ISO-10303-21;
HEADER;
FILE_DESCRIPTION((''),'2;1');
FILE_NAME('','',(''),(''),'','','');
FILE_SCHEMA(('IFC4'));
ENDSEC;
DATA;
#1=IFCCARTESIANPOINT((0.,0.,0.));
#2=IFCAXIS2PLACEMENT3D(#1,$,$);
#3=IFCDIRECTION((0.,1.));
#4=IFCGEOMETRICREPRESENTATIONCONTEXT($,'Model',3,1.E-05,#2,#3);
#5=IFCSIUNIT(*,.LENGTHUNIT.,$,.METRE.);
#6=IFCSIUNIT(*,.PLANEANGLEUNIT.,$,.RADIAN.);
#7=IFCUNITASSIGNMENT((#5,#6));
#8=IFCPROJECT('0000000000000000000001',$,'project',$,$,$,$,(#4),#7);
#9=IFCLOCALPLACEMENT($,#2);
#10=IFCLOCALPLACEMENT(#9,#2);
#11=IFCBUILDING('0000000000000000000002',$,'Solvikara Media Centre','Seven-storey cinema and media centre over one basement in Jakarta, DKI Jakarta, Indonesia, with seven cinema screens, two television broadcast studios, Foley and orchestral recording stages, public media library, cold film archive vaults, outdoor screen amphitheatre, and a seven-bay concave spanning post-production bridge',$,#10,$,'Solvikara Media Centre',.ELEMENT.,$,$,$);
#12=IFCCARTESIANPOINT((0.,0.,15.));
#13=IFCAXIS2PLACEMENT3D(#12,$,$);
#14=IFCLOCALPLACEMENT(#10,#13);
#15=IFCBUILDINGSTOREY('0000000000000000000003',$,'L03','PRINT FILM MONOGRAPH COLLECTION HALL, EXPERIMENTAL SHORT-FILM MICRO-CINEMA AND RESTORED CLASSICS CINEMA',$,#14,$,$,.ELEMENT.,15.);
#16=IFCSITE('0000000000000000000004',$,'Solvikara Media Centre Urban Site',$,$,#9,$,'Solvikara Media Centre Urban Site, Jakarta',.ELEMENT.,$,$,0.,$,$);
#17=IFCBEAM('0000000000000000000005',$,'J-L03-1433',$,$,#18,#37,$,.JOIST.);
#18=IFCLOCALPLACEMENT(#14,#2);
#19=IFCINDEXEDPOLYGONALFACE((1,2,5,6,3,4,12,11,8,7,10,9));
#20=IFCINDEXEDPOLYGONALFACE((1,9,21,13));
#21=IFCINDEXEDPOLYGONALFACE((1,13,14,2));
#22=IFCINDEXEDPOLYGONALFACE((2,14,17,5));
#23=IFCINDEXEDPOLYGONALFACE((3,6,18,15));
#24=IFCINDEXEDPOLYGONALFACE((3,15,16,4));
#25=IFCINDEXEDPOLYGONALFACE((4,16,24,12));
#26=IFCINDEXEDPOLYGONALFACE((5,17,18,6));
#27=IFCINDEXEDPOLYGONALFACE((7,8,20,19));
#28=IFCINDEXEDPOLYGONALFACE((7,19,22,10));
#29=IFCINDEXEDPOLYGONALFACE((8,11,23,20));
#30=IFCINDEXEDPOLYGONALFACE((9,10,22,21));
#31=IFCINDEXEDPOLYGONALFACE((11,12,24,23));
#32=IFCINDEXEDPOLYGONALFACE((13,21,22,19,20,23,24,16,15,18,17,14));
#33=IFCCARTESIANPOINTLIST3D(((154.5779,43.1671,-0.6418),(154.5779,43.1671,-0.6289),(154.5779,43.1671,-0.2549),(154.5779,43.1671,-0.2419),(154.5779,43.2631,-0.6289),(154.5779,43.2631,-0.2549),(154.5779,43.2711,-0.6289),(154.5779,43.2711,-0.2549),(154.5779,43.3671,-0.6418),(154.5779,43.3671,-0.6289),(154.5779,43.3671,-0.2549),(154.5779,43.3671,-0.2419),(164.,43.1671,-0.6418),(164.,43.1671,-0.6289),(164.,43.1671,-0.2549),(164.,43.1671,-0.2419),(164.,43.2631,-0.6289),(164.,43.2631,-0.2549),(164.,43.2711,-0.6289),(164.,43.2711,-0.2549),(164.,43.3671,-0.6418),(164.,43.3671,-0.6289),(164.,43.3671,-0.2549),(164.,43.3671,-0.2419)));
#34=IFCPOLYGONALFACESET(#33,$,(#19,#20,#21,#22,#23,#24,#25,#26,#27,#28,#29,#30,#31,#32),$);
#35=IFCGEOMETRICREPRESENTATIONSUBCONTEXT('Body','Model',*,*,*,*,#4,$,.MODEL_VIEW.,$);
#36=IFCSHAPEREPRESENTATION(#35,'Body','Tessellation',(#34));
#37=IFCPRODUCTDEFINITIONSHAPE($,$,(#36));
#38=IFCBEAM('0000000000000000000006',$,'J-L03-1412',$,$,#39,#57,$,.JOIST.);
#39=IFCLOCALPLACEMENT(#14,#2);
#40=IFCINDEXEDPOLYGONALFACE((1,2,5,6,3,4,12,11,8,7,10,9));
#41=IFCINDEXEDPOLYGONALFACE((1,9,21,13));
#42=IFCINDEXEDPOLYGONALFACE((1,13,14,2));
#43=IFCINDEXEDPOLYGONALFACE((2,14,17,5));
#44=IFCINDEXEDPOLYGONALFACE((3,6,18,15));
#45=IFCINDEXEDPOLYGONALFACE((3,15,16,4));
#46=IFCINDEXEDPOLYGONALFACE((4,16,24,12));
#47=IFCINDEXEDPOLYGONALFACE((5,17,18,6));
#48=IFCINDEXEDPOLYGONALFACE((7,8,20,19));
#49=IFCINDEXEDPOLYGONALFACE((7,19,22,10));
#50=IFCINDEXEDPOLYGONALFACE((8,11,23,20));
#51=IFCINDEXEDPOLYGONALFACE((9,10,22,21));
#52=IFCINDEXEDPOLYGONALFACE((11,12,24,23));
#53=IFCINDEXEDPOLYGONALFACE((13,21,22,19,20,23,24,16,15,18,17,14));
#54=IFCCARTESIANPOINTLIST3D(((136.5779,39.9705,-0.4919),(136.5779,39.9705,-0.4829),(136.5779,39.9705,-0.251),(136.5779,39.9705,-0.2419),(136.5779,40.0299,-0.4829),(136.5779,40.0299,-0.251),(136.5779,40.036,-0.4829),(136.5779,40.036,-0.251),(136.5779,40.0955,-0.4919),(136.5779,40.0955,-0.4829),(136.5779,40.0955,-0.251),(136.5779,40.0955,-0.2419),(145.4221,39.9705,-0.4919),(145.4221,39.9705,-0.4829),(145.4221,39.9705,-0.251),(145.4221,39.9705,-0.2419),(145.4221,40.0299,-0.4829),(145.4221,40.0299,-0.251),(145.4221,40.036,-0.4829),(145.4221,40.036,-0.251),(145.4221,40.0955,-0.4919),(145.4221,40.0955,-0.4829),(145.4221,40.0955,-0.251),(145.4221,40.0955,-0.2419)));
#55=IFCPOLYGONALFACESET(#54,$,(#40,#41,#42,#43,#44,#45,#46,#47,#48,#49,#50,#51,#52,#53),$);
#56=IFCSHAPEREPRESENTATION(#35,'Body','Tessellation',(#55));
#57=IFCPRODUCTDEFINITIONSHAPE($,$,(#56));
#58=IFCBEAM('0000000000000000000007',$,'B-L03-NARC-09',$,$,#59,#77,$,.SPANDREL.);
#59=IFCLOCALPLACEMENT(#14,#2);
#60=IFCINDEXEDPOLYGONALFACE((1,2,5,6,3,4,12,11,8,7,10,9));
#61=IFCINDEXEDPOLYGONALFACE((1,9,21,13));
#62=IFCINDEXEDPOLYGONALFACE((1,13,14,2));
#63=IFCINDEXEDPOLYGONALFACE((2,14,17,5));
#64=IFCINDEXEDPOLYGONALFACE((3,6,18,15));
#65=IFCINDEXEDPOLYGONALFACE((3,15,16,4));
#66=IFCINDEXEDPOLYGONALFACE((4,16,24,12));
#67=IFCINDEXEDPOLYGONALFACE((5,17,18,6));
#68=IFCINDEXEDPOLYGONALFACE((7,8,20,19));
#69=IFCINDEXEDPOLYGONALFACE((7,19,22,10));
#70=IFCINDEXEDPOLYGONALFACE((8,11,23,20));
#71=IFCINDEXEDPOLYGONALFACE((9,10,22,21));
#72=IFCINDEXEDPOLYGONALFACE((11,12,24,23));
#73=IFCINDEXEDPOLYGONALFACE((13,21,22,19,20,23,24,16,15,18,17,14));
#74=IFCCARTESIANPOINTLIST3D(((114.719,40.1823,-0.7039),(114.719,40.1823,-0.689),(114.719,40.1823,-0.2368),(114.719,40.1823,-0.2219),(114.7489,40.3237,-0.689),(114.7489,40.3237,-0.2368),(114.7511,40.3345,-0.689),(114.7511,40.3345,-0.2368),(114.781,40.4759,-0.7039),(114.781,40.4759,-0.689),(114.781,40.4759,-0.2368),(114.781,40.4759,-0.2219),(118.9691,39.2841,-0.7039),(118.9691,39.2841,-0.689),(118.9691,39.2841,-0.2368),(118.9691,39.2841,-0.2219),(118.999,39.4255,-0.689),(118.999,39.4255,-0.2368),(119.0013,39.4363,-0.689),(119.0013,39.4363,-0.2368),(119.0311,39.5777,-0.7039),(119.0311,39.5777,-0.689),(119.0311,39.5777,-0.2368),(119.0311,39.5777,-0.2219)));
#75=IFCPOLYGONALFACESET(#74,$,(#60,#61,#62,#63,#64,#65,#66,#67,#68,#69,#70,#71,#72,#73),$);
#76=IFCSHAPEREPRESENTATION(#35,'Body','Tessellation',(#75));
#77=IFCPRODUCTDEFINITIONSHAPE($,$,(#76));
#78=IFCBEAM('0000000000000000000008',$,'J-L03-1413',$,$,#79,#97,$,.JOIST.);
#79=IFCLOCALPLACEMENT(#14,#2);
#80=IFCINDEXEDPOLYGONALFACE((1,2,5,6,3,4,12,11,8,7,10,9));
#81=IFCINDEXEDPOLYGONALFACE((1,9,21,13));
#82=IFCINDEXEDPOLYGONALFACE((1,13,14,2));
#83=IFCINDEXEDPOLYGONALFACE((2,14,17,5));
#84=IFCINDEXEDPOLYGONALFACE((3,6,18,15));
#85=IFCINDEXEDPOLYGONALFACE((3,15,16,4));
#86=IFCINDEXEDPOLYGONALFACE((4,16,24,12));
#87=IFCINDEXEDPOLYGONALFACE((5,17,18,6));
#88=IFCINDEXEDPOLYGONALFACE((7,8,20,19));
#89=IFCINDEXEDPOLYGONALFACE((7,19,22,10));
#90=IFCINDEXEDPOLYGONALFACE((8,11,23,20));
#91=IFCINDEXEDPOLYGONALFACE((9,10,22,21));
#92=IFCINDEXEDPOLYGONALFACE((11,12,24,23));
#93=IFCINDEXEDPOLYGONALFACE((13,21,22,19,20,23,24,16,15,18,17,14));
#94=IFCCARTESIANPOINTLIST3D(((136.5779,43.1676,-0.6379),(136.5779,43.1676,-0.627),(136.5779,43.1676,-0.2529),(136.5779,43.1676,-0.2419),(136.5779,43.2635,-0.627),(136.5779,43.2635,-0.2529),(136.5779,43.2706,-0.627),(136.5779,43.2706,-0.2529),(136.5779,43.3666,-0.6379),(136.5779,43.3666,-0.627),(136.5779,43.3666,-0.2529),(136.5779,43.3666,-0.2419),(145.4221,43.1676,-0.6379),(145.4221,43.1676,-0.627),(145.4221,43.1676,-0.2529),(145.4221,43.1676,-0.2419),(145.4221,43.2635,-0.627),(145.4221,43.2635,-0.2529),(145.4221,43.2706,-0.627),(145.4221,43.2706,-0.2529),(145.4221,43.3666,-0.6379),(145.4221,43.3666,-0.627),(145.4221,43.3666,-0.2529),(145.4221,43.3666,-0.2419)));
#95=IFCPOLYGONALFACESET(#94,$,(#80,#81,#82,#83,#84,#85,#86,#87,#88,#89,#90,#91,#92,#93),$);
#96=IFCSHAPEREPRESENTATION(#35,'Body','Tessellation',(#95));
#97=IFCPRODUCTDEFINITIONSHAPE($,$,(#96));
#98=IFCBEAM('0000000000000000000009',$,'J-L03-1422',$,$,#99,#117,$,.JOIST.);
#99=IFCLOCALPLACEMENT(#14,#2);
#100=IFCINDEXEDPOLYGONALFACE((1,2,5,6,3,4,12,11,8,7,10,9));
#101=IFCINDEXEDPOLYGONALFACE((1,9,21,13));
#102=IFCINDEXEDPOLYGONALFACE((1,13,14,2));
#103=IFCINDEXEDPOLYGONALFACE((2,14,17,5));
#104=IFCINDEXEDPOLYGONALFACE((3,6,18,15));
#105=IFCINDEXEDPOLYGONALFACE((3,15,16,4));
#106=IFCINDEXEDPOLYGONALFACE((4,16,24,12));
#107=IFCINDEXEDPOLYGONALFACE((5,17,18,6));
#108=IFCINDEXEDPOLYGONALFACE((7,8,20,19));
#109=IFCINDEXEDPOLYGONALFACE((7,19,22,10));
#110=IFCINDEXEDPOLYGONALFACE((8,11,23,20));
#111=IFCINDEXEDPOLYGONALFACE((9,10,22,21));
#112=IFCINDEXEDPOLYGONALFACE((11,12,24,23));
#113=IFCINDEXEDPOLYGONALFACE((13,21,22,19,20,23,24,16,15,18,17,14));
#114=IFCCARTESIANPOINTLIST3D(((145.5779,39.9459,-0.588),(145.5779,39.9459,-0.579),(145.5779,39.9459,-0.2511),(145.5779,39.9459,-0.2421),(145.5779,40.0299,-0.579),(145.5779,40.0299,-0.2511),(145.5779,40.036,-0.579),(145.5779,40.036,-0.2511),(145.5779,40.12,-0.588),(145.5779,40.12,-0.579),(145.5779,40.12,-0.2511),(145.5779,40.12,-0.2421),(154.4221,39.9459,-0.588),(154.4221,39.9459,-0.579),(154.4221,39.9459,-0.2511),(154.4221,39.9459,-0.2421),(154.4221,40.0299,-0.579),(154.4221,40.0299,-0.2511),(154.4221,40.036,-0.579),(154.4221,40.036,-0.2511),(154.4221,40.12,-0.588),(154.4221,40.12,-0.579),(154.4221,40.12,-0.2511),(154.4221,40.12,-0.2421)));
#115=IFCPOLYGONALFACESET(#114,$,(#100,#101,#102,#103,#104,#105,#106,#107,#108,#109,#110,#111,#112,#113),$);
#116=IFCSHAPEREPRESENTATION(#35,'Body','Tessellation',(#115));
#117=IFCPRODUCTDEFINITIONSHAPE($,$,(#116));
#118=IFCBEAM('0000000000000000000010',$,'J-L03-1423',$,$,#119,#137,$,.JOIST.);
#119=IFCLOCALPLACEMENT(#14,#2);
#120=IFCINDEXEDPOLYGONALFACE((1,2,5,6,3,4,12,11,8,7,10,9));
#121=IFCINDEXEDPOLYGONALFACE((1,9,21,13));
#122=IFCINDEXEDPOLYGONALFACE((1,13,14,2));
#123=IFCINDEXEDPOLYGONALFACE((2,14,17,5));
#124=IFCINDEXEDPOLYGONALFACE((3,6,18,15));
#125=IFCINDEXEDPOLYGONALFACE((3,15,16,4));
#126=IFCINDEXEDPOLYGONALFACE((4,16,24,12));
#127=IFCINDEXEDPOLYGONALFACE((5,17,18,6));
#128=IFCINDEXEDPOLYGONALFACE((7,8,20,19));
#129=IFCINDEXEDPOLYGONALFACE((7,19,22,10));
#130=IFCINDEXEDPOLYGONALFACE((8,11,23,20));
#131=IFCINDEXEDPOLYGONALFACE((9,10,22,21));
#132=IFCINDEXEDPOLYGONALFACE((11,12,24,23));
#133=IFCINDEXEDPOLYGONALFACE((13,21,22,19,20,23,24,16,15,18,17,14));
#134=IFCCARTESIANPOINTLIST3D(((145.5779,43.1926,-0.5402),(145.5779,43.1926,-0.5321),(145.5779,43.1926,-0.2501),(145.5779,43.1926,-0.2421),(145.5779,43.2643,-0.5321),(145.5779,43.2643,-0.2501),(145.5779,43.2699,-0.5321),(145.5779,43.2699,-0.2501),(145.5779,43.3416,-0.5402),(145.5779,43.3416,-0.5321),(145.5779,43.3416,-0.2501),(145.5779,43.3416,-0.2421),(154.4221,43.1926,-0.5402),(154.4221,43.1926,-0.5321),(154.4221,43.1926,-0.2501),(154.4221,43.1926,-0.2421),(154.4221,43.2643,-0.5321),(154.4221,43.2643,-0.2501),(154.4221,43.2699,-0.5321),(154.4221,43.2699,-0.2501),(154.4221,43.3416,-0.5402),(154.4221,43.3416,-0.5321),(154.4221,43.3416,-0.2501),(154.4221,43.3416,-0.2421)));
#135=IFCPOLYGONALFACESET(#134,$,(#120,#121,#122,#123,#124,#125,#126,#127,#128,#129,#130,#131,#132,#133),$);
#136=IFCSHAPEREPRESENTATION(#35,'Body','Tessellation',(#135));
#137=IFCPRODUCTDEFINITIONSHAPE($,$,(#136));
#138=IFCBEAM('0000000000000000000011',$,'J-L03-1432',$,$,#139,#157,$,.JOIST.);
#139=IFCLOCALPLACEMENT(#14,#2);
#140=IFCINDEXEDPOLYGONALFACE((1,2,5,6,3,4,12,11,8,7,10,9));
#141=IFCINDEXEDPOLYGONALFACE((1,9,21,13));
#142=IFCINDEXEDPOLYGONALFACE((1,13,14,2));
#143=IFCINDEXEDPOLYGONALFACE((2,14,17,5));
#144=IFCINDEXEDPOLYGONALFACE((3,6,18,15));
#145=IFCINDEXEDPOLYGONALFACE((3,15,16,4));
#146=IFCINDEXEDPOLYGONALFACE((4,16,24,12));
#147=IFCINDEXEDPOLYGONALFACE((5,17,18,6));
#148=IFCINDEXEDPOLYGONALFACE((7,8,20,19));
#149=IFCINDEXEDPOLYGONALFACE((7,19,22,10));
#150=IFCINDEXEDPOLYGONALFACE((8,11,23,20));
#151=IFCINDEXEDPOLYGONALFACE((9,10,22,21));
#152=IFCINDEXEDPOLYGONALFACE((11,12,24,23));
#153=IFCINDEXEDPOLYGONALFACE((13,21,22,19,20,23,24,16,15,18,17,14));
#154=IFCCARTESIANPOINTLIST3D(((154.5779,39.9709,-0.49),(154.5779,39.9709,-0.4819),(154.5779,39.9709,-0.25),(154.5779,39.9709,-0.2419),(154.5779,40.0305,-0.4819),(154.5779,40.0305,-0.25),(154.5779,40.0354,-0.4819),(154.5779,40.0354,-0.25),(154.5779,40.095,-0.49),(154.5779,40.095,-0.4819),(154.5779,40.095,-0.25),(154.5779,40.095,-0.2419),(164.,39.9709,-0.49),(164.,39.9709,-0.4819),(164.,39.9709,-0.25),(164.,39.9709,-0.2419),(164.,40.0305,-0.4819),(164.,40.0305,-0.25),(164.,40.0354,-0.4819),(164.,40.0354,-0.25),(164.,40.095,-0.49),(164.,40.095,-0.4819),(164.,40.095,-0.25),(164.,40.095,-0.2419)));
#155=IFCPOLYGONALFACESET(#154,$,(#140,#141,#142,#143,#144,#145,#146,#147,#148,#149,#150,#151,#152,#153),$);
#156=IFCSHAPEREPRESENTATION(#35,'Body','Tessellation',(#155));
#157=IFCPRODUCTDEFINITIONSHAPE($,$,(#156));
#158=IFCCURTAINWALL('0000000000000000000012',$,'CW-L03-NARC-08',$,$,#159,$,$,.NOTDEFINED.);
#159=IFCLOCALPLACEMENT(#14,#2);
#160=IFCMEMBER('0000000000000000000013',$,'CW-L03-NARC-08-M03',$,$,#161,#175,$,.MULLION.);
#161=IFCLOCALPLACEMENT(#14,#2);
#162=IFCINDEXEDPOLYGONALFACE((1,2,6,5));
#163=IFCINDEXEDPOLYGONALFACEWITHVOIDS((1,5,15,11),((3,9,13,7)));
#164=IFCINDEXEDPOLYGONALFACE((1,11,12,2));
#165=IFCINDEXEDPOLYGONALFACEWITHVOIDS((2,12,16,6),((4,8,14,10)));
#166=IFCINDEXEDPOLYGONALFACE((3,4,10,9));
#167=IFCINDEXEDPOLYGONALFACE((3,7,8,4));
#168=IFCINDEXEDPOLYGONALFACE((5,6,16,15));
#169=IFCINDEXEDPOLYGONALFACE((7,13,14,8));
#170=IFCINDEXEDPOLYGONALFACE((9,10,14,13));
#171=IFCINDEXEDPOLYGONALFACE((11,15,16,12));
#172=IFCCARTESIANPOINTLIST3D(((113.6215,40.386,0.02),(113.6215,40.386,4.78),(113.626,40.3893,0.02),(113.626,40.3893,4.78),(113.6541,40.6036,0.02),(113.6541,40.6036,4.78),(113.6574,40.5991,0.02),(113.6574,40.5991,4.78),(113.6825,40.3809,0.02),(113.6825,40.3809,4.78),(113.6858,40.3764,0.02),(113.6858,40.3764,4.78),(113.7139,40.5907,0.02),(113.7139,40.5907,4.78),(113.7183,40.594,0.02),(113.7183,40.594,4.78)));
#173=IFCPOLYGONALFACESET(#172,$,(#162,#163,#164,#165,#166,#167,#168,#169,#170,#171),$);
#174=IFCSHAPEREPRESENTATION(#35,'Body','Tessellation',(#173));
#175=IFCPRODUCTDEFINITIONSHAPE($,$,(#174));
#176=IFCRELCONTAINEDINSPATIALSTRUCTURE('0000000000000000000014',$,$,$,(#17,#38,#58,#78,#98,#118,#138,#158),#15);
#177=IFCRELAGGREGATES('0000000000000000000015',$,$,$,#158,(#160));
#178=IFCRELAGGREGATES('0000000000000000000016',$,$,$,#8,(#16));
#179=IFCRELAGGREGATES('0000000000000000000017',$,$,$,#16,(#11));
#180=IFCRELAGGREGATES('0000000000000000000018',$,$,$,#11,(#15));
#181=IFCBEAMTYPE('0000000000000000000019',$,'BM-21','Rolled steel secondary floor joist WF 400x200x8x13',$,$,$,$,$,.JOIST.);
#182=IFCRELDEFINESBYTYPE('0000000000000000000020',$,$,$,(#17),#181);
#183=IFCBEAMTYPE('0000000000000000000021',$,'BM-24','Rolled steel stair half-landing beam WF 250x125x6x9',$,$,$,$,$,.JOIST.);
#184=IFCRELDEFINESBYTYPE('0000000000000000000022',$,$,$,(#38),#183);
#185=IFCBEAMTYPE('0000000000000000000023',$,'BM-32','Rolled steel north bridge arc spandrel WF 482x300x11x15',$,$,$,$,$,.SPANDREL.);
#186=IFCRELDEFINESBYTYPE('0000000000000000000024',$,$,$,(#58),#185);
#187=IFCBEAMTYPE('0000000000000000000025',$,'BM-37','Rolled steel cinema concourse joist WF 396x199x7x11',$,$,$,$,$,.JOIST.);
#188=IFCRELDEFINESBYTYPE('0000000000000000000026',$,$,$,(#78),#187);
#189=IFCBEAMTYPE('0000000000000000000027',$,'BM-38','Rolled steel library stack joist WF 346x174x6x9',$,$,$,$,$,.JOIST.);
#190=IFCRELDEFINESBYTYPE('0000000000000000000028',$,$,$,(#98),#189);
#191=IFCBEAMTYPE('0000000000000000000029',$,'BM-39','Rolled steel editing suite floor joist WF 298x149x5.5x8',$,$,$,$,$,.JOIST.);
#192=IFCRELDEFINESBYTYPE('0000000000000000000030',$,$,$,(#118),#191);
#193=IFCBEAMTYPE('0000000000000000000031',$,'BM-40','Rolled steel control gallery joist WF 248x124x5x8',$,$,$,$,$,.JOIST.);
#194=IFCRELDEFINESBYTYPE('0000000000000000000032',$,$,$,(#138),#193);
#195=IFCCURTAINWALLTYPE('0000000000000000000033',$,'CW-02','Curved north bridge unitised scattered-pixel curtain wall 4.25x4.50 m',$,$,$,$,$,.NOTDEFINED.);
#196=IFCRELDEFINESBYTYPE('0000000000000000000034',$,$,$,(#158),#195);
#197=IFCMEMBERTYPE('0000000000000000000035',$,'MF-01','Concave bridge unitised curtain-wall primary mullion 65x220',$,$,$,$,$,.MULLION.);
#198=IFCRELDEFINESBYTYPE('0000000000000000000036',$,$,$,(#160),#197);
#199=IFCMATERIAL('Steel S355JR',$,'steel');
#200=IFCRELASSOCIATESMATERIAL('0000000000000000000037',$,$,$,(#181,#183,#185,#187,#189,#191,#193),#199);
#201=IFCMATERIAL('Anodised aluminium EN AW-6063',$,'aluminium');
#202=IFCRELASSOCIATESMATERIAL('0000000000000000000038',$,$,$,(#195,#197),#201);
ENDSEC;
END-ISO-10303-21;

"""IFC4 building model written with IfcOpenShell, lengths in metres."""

from ifc_helpers import new_model, si_unit, direction, frame, origin, origin_2d, place, context, subcontext, project, spatial, hollow_rectangle, i_section, extrude, material, material_profile, profile_set, type_object, element, aggregate, save


model = new_model("IFC4")

# Units and contexts
model_context = context("Model", 3, precision=1e-05, world=origin(), true_north=direction((0.0, 1.0)))
body_context = subcontext(model_context, "Body", "Model", "MODEL_VIEW")
ifc_project = project(units=[si_unit("LENGTHUNIT", "METRE"), si_unit("PLANEANGLEUNIT", "RADIAN")], contexts=[model_context])

# Site, building, storey
site_placement = place(None, origin())
site = spatial("IfcSite", under=ifc_project, at=site_placement, Name="Solvikara Media Centre Urban Site", LongName="Solvikara Media Centre Urban Site, Jakarta", CompositionType="ELEMENT", RefElevation=0.0)
building_placement = place(site_placement, origin())
building = spatial("IfcBuilding", under=site, at=building_placement, Name="Solvikara Media Centre", Description="Seven-storey cinema and media centre over one basement in Jakarta, DKI Jakarta, Indonesia, with seven cinema screens, two television broadcast studios, Foley and orchestral recording stages, public media library, cold film archive vaults, outdoor screen amphitheatre, and a seven-bay concave spanning post-production bridge", LongName="Solvikara Media Centre", CompositionType="ELEMENT")
storey_placement = place(building_placement, frame((0.0, 0.0, 15.0)))
storey = spatial("IfcBuildingStorey", under=building, at=storey_placement, Name="L03", Description="PRINT FILM MONOGRAPH COLLECTION HALL, EXPERIMENTAL SHORT-FILM MICRO-CINEMA AND RESTORED CLASSICS CINEMA", CompositionType="ELEMENT", Elevation=15.0)

# Beams
ifc_material_1 = material(Name="Steel S355JR", Category="steel")
ifc_material_profile_1 = material_profile(ifc_material_1, i_section(OverallWidth=0.2, OverallDepth=0.3999, WebThickness=0.0081, FlangeThickness=0.0129, at=origin_2d()), Name="WF 400x200x8x13")
ifc_profile_set_1 = profile_set([ifc_material_profile_1], Name="Steel S355JR")
beam_type_1 = type_object("IfcBeamType", Name="BM-21", Description="Rolled steel secondary floor joist WF 400x200x8x13", PredefinedType="JOIST", material=ifc_profile_set_1)
beam_1_placement = place(storey_placement, frame((154.5779, 43.2671, -0.4419), z_axis=(1.0, 0.0, 0.0), x_axis=(0.0, 1.0, 0.0)))
element("IfcBeam", 1, at=beam_1_placement, inside=storey, type_object=beam_type_1, Name="J-L03-1433", PredefinedType="JOIST", context=body_context, shape_type="SweptSolid", body=[
    extrude(i_section(OverallWidth=0.2, OverallDepth=0.3999, WebThickness=0.0081, FlangeThickness=0.0129, at=origin_2d()), origin(), (0.0, 0.0, 1.0), 9.4221),
])
ifc_material_profile_2 = material_profile(ifc_material_1, i_section(OverallWidth=0.125, OverallDepth=0.25, WebThickness=0.0061, FlangeThickness=0.009, at=origin_2d()), Name="WF 250x125x6x9")
ifc_profile_set_2 = profile_set([ifc_material_profile_2], Name="Steel S355JR")
beam_type_2 = type_object("IfcBeamType", Name="BM-24", Description="Rolled steel stair half-landing beam WF 250x125x6x9", PredefinedType="JOIST", material=ifc_profile_set_2)
beam_2_placement = place(storey_placement, frame((136.5779, 40.033, -0.3669), z_axis=(1.0, 0.0, 0.0), x_axis=(0.0, 1.0, 0.0)))
element("IfcBeam", 2, at=beam_2_placement, inside=storey, type_object=beam_type_2, Name="J-L03-1412", PredefinedType="JOIST", context=body_context, shape_type="SweptSolid", body=[
    extrude(i_section(OverallWidth=0.125, OverallDepth=0.25, WebThickness=0.0061, FlangeThickness=0.009, at=origin_2d()), origin(), (0.0, 0.0, 1.0), 8.8442),
])
ifc_material_profile_3 = material_profile(ifc_material_1, i_section(OverallWidth=0.3, OverallDepth=0.4819, WebThickness=0.011, FlangeThickness=0.0149, at=origin_2d()), Name="WF 482x300x11x15")
ifc_profile_set_3 = profile_set([ifc_material_profile_3], Name="Steel S355JR")
beam_type_3 = type_object("IfcBeamType", Name="BM-32", Description="Rolled steel north bridge arc spandrel WF 482x300x11x15", PredefinedType="SPANDREL", material=ifc_profile_set_3)
beam_3_placement = place(storey_placement, frame((114.75, 40.3291, -0.4629), z_axis=(0.978389, -0.206772, 0.0), x_axis=(0.206772, 0.978389, 0.0)))
element("IfcBeam", 3, at=beam_3_placement, inside=storey, type_object=beam_type_3, Name="B-L03-NARC-09", PredefinedType="SPANDREL", context=body_context, shape_type="SweptSolid", body=[
    extrude(i_section(OverallWidth=0.3, OverallDepth=0.4819, WebThickness=0.011, FlangeThickness=0.0149, at=origin_2d()), origin(), (0.0, 0.0, 1.0), 4.344),
])
ifc_material_profile_4 = material_profile(ifc_material_1, i_section(OverallWidth=0.199, OverallDepth=0.396, WebThickness=0.0071, FlangeThickness=0.011, at=origin_2d()), Name="WF 396x199x7x11")
ifc_profile_set_4 = profile_set([ifc_material_profile_4], Name="Steel S355JR")
beam_type_4 = type_object("IfcBeamType", Name="BM-37", Description="Rolled steel cinema concourse joist WF 396x199x7x11", PredefinedType="JOIST", material=ifc_profile_set_4)
beam_4_placement = place(storey_placement, frame((136.5779, 43.2671, -0.4399), z_axis=(1.0, 0.0, 0.0), x_axis=(0.0, 1.0, 0.0)))
element("IfcBeam", 4, at=beam_4_placement, inside=storey, type_object=beam_type_4, Name="J-L03-1413", PredefinedType="JOIST", context=body_context, shape_type="SweptSolid", body=[
    extrude(i_section(OverallWidth=0.199, OverallDepth=0.396, WebThickness=0.0071, FlangeThickness=0.011, at=origin_2d()), origin(), (0.0, 0.0, 1.0), 8.8442),
])
ifc_material_profile_5 = material_profile(ifc_material_1, i_section(OverallWidth=0.1741, OverallDepth=0.3459, WebThickness=0.0061, FlangeThickness=0.009, at=origin_2d()), Name="WF 346x174x6x9")
ifc_profile_set_5 = profile_set([ifc_material_profile_5], Name="Steel S355JR")
beam_type_5 = type_object("IfcBeamType", Name="BM-38", Description="Rolled steel library stack joist WF 346x174x6x9", PredefinedType="JOIST", material=ifc_profile_set_5)
beam_5_placement = place(storey_placement, frame((145.5779, 40.033, -0.415), z_axis=(1.0, 0.0, 0.0), x_axis=(0.0, 1.0, 0.0)))
element("IfcBeam", 5, at=beam_5_placement, inside=storey, type_object=beam_type_5, Name="J-L03-1422", PredefinedType="JOIST", context=body_context, shape_type="SweptSolid", body=[
    extrude(i_section(OverallWidth=0.1741, OverallDepth=0.3459, WebThickness=0.0061, FlangeThickness=0.009, at=origin_2d()), origin(), (0.0, 0.0, 1.0), 8.8442),
])
ifc_material_profile_6 = material_profile(ifc_material_1, i_section(OverallWidth=0.1489, OverallDepth=0.2981, WebThickness=0.0056, FlangeThickness=0.0081, at=origin_2d()), Name="WF 298x149x5.5x8")
ifc_profile_set_6 = profile_set([ifc_material_profile_6], Name="Steel S355JR")
beam_type_6 = type_object("IfcBeamType", Name="BM-39", Description="Rolled steel editing suite floor joist WF 298x149x5.5x8", PredefinedType="JOIST", material=ifc_profile_set_6)
beam_6_placement = place(storey_placement, frame((145.5779, 43.2671, -0.3911), z_axis=(1.0, 0.0, 0.0), x_axis=(0.0, 1.0, 0.0)))
element("IfcBeam", 6, at=beam_6_placement, inside=storey, type_object=beam_type_6, Name="J-L03-1423", PredefinedType="JOIST", context=body_context, shape_type="SweptSolid", body=[
    extrude(i_section(OverallWidth=0.1489, OverallDepth=0.2981, WebThickness=0.0056, FlangeThickness=0.0081, at=origin_2d()), origin(), (0.0, 0.0, 1.0), 8.8442),
])
ifc_material_profile_7 = material_profile(ifc_material_1, i_section(OverallWidth=0.124, OverallDepth=0.248, WebThickness=0.0049, FlangeThickness=0.0081, at=origin_2d()), Name="WF 248x124x5x8")
ifc_profile_set_7 = profile_set([ifc_material_profile_7], Name="Steel S355JR")
beam_type_7 = type_object("IfcBeamType", Name="BM-40", Description="Rolled steel control gallery joist WF 248x124x5x8", PredefinedType="JOIST", material=ifc_profile_set_7)
beam_7_placement = place(storey_placement, frame((154.5779, 40.033, -0.366), z_axis=(1.0, 0.0, 0.0), x_axis=(0.0, 1.0, 0.0)))
element("IfcBeam", 7, at=beam_7_placement, inside=storey, type_object=beam_type_7, Name="J-L03-1432", PredefinedType="JOIST", context=body_context, shape_type="SweptSolid", body=[
    extrude(i_section(OverallWidth=0.124, OverallDepth=0.248, WebThickness=0.0049, FlangeThickness=0.0081, at=origin_2d()), origin(), (0.0, 0.0, 1.0), 9.4221),
])

# Curtain wall, member
ifc_material_2 = material(Name="Anodised aluminium EN AW-6063", Category="aluminium")
curtain_wall_type = type_object("IfcCurtainWallType", Name="CW-02", Description="Curved north bridge unitised scattered-pixel curtain wall 4.25x4.50 m", PredefinedType="NOTDEFINED", material=ifc_material_2)
curtain_wall_1_placement = place(storey_placement, origin())
curtain_wall_1 = element("IfcCurtainWall", 8, at=curtain_wall_1_placement, inside=storey, type_object=curtain_wall_type, Name="CW-L03-NARC-08", PredefinedType="NOTDEFINED")
ifc_material_profile_8 = material_profile(ifc_material_2, hollow_rectangle(XDim=0.0649, YDim=0.22, WallThickness=0.0039, at=origin_2d()), Name="ALU-M 65x220x4")
ifc_profile_set_8 = profile_set([ifc_material_profile_8], Name="Anodised aluminium EN AW-6063")
member_type_1 = type_object("IfcMemberType", Name="MF-01", Description="Concave bridge unitised curtain-wall primary mullion 65x220", PredefinedType="MULLION", material=ifc_profile_set_8)
member_1_placement = place(storey_placement, frame((113.6699, 40.49, 0.02), z_axis=(0.0, 0.0, 1.0), x_axis=(0.989006, -0.147878, 0.0)))
member_1 = element("IfcMember", 9, at=member_1_placement, type_object=member_type_1, Name="CW-L03-NARC-08-M03", PredefinedType="MULLION", context=body_context, shape_type="SweptSolid", body=[
    extrude(hollow_rectangle(XDim=0.0649, YDim=0.22, WallThickness=0.0039, at=origin_2d()), origin(), (0.0, 0.0, 1.0), 4.76),
])

aggregate(curtain_wall_1, [member_1])

save(model, "model.ifc")
